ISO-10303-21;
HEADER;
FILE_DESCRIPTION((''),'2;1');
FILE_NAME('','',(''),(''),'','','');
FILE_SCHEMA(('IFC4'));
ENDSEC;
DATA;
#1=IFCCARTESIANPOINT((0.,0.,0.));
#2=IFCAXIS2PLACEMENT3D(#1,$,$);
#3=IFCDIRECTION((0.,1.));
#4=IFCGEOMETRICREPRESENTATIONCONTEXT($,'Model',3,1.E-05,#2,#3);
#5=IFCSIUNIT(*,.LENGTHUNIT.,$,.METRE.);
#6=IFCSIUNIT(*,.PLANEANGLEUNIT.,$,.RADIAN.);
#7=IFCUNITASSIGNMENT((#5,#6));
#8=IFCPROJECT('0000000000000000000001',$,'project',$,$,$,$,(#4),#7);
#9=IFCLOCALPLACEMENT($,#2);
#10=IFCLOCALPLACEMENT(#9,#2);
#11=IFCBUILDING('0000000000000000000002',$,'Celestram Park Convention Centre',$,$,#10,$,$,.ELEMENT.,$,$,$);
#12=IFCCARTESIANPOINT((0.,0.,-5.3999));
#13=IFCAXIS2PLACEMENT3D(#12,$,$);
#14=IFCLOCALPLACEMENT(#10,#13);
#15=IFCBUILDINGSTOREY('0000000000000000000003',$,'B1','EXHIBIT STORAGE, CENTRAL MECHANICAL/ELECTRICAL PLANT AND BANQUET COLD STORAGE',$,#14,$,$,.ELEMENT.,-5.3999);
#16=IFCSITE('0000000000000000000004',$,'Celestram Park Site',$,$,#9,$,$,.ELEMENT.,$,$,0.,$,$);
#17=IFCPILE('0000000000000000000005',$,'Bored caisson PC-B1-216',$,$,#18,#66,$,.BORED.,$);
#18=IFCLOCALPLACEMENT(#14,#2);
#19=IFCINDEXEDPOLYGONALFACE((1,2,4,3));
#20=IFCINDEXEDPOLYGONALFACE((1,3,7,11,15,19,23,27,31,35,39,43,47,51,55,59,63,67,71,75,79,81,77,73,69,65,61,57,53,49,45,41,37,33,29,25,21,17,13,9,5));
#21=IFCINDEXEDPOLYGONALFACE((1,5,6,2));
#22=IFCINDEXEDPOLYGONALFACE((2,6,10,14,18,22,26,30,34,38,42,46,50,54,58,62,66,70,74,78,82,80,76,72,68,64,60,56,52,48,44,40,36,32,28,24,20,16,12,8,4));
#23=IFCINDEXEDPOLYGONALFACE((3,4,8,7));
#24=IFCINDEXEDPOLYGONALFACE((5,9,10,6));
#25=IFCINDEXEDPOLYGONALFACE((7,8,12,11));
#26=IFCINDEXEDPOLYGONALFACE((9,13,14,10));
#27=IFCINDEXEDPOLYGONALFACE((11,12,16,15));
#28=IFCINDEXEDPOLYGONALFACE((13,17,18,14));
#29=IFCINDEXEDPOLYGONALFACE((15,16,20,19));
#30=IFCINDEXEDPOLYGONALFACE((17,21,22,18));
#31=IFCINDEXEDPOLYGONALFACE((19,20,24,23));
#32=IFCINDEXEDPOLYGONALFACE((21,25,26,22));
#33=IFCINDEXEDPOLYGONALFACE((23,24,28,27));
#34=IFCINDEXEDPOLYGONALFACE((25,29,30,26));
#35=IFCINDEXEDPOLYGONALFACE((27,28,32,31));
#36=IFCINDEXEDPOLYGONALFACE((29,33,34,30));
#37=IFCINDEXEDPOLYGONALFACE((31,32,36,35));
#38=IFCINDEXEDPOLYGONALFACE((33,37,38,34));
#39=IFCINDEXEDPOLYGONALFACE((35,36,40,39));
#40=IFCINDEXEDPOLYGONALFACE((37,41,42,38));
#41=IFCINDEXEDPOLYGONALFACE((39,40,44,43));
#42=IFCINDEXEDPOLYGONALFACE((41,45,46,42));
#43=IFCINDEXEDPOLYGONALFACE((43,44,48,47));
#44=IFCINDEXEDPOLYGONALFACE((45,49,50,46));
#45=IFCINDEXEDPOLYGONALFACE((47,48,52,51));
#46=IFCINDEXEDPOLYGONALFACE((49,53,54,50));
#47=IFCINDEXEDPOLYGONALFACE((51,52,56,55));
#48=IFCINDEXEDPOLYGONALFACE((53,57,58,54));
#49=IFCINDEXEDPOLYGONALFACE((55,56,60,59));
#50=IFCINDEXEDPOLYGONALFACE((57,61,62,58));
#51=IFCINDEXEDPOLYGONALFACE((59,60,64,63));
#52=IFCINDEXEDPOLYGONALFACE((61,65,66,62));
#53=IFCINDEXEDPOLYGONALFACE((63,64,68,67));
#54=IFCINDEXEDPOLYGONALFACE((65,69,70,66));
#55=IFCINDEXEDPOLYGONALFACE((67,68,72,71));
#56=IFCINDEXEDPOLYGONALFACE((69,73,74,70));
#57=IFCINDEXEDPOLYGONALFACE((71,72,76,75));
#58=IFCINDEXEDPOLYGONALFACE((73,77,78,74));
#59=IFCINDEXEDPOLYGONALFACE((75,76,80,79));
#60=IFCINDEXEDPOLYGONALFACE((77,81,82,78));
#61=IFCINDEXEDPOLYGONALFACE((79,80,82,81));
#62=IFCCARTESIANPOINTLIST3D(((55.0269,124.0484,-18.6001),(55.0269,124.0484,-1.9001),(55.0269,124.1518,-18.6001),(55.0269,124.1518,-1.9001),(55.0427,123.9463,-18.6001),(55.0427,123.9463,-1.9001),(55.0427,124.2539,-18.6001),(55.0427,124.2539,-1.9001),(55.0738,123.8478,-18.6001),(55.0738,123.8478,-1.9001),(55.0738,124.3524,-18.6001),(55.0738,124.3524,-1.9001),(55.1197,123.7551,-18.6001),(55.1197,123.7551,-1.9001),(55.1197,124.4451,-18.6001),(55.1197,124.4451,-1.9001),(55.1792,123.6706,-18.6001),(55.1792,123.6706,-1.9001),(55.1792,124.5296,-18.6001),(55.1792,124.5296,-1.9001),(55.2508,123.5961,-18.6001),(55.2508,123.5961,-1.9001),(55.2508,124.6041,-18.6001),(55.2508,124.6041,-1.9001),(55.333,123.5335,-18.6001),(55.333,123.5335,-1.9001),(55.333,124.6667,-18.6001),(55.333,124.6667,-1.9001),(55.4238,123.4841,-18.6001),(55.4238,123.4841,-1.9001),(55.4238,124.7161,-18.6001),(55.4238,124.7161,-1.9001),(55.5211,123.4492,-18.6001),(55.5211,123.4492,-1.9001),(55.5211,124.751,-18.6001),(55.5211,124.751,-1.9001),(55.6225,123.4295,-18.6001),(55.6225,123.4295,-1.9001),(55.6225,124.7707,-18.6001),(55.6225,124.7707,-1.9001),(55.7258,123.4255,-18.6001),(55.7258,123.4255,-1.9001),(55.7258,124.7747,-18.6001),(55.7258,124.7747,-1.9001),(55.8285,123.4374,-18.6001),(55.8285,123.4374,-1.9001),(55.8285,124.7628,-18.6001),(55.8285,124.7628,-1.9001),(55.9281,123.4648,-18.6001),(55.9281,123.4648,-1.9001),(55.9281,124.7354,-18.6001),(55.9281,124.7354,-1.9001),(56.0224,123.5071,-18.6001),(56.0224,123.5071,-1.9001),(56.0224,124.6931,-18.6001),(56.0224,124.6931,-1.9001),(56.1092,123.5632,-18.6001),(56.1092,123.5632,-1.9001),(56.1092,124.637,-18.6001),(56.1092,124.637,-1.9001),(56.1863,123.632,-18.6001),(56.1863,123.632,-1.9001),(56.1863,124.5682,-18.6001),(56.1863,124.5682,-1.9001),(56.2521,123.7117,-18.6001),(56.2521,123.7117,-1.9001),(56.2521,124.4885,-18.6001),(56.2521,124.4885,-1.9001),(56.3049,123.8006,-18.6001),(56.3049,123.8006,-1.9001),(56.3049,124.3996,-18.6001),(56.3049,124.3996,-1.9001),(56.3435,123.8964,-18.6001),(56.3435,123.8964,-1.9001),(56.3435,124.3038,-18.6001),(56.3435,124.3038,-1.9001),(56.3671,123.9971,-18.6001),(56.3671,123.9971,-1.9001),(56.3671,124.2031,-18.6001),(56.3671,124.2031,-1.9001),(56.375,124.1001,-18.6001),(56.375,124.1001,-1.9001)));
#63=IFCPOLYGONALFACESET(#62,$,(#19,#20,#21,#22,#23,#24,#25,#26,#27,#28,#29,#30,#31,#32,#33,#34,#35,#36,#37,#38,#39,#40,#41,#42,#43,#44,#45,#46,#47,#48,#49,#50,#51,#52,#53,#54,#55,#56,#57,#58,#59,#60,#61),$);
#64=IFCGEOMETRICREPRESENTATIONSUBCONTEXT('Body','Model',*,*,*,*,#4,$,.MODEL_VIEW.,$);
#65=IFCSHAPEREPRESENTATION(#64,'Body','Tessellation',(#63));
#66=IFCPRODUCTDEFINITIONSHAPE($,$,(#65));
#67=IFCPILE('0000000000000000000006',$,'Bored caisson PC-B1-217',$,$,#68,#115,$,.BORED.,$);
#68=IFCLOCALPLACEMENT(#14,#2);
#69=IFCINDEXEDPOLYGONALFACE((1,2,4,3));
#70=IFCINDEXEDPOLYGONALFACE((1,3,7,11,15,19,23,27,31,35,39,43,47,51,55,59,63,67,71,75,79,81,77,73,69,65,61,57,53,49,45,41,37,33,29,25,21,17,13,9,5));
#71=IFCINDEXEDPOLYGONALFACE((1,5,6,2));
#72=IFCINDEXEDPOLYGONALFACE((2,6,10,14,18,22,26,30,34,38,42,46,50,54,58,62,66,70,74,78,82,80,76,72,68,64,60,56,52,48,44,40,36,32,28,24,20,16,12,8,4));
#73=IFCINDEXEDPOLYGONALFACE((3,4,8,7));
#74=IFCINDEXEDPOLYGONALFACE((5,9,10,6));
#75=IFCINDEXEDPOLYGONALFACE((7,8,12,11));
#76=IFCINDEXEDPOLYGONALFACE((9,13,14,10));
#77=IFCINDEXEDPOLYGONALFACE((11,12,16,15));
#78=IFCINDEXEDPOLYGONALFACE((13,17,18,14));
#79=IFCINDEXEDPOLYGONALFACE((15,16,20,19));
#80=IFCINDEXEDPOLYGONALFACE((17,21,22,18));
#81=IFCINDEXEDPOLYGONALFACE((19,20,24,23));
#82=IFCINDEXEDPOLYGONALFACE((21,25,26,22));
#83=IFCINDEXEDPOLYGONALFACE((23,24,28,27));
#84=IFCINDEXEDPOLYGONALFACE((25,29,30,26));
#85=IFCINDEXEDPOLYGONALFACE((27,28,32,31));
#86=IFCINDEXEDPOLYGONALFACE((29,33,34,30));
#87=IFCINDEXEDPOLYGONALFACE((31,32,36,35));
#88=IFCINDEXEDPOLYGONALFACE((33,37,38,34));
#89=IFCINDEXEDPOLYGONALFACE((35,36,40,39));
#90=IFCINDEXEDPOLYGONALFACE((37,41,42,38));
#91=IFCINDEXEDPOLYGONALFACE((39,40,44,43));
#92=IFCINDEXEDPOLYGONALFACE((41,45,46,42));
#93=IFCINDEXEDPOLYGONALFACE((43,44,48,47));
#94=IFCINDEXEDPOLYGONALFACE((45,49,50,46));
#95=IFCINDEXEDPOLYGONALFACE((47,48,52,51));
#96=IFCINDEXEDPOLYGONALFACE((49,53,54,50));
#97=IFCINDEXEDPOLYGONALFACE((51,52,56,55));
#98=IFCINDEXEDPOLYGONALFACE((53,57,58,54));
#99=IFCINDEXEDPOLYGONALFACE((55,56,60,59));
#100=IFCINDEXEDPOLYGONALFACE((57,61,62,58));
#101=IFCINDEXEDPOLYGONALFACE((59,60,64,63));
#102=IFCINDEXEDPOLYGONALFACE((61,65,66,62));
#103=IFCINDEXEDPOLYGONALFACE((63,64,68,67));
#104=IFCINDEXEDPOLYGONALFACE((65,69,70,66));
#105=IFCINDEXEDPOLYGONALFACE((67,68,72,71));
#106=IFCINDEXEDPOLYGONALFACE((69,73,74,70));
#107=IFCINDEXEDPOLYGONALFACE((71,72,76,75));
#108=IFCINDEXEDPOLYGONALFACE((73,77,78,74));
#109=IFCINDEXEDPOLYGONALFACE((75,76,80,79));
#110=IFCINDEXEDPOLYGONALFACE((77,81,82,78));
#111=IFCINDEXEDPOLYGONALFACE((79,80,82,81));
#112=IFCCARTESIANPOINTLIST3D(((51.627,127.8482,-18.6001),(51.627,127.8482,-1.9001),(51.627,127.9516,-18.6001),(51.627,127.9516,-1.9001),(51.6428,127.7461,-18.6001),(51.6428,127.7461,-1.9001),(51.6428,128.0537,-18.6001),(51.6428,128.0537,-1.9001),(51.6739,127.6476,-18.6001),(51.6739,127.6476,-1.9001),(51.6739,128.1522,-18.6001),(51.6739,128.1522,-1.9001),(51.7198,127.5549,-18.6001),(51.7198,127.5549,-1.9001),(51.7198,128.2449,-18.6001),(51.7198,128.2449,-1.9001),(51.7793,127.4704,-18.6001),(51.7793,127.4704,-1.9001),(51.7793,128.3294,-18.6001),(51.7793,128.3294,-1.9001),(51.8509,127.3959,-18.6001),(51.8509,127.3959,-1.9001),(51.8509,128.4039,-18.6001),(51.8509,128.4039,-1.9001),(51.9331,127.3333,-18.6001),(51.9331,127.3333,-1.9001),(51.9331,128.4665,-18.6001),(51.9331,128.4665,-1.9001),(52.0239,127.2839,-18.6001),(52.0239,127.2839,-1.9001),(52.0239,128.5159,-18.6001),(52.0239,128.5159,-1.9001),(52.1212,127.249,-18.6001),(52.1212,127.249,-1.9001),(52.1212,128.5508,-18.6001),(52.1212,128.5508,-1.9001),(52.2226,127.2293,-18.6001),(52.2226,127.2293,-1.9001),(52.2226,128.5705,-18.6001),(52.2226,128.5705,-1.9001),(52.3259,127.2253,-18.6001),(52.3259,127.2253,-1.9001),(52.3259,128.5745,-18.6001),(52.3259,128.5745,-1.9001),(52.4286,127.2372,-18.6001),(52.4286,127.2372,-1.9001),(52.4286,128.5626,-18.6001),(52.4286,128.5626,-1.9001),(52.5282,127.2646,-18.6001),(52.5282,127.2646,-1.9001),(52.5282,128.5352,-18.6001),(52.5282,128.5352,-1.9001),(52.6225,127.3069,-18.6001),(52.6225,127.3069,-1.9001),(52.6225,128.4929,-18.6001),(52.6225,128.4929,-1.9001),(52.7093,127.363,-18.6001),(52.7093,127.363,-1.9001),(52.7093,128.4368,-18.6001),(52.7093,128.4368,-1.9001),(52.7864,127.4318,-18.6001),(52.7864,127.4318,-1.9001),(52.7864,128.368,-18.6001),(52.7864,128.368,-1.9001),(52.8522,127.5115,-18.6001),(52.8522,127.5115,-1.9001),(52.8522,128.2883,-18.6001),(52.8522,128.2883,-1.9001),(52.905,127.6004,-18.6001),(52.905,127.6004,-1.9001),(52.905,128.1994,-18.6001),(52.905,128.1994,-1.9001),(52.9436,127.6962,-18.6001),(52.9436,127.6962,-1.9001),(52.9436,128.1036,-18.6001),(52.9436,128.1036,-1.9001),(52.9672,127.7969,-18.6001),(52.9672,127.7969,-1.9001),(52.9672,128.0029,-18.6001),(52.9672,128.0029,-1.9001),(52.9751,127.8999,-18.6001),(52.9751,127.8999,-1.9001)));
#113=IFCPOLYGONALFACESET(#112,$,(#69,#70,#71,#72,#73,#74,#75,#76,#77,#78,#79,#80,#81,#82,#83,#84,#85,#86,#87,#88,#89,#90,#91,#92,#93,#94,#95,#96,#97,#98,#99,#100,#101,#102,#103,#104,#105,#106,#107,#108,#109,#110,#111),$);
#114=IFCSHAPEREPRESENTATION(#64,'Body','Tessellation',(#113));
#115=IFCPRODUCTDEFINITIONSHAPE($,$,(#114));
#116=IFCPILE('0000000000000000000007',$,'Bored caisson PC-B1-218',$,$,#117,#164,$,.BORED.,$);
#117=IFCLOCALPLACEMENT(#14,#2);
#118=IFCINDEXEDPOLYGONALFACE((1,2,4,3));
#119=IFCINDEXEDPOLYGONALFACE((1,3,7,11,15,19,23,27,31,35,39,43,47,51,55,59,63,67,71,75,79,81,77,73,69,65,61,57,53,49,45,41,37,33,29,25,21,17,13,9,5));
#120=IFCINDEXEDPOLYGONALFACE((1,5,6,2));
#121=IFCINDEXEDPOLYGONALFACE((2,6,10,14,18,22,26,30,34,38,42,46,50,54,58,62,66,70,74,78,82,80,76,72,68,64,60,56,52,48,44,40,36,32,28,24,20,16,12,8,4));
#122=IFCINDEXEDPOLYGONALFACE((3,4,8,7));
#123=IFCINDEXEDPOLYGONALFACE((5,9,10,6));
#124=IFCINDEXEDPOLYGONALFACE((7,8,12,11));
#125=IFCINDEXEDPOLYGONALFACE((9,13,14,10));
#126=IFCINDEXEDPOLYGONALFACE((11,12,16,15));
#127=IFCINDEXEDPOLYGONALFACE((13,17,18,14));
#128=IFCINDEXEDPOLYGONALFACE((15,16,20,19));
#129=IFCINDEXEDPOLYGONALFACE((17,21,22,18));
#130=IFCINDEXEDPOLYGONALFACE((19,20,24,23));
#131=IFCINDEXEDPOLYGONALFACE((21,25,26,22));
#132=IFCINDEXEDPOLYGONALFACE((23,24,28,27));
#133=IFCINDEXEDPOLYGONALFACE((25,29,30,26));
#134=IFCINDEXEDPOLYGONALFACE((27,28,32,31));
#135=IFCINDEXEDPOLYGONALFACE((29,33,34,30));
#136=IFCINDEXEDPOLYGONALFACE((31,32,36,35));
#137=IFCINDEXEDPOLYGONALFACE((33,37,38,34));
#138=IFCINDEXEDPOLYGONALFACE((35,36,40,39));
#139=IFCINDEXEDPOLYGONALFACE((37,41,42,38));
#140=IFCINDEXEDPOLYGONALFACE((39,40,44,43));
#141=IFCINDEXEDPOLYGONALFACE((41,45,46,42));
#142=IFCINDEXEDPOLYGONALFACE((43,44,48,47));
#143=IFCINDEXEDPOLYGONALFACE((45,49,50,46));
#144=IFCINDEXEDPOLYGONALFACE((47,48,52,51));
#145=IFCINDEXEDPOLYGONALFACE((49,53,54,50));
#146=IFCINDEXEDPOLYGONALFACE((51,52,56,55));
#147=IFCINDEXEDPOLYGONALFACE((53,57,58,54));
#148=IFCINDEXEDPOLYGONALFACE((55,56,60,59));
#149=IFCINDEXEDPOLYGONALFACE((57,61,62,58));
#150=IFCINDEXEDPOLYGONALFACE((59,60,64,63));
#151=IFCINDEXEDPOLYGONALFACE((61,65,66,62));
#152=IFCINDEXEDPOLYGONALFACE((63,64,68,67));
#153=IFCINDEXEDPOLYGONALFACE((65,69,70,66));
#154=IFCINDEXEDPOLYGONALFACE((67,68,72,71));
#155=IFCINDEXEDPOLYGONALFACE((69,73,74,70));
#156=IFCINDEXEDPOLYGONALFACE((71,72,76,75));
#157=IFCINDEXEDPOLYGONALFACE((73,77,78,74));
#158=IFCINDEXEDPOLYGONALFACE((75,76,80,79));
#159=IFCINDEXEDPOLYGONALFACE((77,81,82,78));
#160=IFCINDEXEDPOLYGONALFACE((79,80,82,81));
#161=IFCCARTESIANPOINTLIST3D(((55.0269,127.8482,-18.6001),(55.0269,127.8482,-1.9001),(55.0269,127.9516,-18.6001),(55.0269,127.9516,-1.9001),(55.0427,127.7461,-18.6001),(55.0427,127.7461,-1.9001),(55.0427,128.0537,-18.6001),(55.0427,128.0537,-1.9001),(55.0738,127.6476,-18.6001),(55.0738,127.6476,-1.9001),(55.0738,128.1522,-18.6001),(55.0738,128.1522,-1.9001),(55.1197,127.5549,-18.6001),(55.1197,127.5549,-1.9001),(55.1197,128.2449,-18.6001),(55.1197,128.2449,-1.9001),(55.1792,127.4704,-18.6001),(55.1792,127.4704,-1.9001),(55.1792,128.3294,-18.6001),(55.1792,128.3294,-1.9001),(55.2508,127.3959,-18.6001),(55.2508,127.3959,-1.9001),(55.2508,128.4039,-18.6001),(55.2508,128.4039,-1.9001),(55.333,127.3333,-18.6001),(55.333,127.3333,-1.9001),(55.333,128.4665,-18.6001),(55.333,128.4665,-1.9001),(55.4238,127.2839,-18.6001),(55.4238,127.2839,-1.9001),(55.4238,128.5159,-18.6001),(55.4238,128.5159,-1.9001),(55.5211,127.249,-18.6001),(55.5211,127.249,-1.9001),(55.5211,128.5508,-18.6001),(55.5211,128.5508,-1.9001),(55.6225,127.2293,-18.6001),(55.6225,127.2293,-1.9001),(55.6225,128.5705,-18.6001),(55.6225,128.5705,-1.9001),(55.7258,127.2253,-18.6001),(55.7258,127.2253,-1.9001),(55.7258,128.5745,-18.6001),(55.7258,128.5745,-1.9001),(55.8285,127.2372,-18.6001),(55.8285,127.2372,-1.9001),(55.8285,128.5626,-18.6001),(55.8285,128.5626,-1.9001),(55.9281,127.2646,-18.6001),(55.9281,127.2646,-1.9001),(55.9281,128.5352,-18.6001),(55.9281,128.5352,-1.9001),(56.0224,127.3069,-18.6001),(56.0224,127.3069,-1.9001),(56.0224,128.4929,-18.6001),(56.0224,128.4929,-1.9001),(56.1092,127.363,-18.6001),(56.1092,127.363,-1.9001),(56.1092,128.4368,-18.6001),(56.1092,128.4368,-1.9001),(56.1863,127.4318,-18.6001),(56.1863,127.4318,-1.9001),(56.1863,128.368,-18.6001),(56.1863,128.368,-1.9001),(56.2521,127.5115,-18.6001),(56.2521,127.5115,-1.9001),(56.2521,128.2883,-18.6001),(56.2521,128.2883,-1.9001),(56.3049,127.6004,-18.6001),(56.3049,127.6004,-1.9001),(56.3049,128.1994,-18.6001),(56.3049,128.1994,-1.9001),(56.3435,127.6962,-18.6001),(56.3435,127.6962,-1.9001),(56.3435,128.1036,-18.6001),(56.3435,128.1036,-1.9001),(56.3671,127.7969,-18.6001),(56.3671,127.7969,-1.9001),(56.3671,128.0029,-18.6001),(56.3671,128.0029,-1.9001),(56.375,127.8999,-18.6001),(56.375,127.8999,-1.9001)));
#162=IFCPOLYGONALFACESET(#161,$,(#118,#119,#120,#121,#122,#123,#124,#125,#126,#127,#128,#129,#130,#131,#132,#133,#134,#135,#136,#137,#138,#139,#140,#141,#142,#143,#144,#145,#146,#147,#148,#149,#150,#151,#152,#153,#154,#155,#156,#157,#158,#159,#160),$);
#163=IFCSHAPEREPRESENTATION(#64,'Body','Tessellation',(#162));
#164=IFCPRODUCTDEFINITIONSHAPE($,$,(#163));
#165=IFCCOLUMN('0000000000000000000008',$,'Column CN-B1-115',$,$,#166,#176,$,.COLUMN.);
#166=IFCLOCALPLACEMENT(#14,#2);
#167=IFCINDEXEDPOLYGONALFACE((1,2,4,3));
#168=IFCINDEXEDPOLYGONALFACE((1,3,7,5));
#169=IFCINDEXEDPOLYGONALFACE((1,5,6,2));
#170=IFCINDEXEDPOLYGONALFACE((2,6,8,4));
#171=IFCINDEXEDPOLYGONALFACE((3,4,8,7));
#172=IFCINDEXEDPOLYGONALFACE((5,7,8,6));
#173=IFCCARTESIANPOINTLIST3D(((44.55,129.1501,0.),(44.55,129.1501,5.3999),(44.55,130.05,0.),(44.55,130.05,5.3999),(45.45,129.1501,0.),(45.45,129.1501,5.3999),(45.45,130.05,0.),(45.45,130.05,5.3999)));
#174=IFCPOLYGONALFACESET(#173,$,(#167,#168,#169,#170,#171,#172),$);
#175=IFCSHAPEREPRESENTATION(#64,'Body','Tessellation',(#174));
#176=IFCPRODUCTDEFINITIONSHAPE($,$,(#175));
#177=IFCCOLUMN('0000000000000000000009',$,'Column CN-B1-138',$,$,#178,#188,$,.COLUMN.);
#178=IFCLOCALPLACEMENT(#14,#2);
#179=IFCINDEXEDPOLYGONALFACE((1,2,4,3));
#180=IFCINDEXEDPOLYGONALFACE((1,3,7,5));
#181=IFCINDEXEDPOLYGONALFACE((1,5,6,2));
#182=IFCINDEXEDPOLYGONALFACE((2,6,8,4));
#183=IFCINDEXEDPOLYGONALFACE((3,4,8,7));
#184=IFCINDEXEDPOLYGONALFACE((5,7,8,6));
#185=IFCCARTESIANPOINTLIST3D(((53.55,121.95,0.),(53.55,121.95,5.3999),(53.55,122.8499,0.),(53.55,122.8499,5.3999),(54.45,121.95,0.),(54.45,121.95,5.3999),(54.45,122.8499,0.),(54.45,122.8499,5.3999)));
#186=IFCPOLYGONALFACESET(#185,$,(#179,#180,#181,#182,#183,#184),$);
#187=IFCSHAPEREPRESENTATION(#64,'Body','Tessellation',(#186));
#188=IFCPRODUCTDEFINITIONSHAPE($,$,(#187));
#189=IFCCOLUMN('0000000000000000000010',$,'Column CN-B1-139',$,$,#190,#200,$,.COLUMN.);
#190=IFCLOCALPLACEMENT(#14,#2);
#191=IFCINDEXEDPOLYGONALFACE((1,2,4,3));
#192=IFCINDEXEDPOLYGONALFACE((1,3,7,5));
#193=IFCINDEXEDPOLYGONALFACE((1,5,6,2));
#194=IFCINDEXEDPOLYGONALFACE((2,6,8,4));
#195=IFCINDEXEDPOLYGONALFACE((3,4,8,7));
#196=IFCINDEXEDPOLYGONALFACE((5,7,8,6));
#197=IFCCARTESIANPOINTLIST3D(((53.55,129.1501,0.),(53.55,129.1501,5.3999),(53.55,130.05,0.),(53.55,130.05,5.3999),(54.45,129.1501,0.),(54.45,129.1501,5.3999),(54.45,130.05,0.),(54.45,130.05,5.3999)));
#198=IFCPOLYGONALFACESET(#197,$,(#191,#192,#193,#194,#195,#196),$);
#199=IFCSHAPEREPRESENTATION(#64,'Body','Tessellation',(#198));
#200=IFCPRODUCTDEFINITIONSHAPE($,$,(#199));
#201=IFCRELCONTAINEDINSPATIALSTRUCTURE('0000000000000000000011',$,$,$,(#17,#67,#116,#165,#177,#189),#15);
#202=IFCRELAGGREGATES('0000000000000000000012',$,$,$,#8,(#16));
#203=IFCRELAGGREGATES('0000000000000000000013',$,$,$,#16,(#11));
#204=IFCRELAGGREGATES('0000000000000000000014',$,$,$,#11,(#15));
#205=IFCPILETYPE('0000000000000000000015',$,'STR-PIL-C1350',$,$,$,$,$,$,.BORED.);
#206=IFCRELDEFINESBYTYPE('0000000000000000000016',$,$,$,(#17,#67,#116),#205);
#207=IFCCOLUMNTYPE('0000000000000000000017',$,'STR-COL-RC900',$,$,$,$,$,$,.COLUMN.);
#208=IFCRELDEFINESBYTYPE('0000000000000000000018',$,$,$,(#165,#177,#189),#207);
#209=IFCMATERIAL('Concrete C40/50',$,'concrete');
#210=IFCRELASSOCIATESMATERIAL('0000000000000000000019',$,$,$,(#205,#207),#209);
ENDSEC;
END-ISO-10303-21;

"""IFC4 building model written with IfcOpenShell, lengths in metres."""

from ifc_helpers import new_model, si_unit, direction, frame, origin, origin_2d, place, context, subcontext, project, spatial, rectangle, circle, extrude, material, material_profile, profile_set, type_object, element, save


model = new_model("IFC4")

# Units and contexts
model_context = context("Model", 3, precision=1e-05, world=origin(), true_north=direction((0.0, 1.0)))
body_context = subcontext(model_context, "Body", "Model", "MODEL_VIEW")
ifc_project = project(units=[si_unit("LENGTHUNIT", "METRE"), si_unit("PLANEANGLEUNIT", "RADIAN")], contexts=[model_context])

# Site, building, storey
site_placement = place(None, origin())
site = spatial("IfcSite", under=ifc_project, at=site_placement, Name="Celestram Park Site", CompositionType="ELEMENT", RefElevation=0.0)
building_placement = place(site_placement, origin())
building = spatial("IfcBuilding", under=site, at=building_placement, Name="Celestram Park Convention Centre", CompositionType="ELEMENT")
storey_placement = place(building_placement, frame((0.0, 0.0, -5.3999)))
storey = spatial("IfcBuildingStorey", under=building, at=storey_placement, Name="B1", Description="EXHIBIT STORAGE, CENTRAL MECHANICAL/ELECTRICAL PLANT AND BANQUET COLD STORAGE", CompositionType="ELEMENT", Elevation=-5.3999)

# Shared definitions
ifc_material_1 = material(Name="Concrete C40/50", Category="concrete")

# Piles
ifc_material_profile_1 = material_profile(ifc_material_1, circle(Radius=0.675, at=origin_2d()), Name="CAISSON1350")
ifc_profile_set_1 = profile_set([ifc_material_profile_1], Name="Concrete C40/50")
pile_type = type_object("IfcPileType", Name="STR-PIL-C1350", PredefinedType="BORED", material=ifc_profile_set_1)
for number, where, z_axis, x_axis, name in (
    (1, (55.7, 124.1001, -1.9001), (0.0, 0.0, -1.0), (1.0, 0.0, 0.0), "Bored caisson PC-B1-216"),
    (2, (52.3, 127.8999, -1.9001), (0.0, 0.0, -1.0), (1.0, 0.0, 0.0), "Bored caisson PC-B1-217"),
    (3, (55.7, 127.8999, -1.9001), (0.0, 0.0, -1.0), (1.0, 0.0, 0.0), "Bored caisson PC-B1-218"),
):
    element("IfcPile", number, at=place(storey_placement, frame(where, z_axis=z_axis, x_axis=x_axis)), inside=storey, type_object=pile_type, Name=name, PredefinedType="BORED", context=body_context, shape_type="SweptSolid", body=[
        extrude(circle(Radius=0.675, at=origin_2d()), origin(), (0.0, 0.0, 1.0), 16.7),
    ])

# Columns
ifc_material_profile_2 = material_profile(ifc_material_1, rectangle(XDim=0.8999, YDim=0.8999, at=origin_2d()), Name="RC900X900")
ifc_profile_set_2 = profile_set([ifc_material_profile_2], Name="Concrete C40/50")
column_type = type_object("IfcColumnType", Name="STR-COL-RC900", PredefinedType="COLUMN", material=ifc_profile_set_2)
for number, where, z_axis, x_axis, name in (
    (4, (45.0, 129.6001, 0.0), (0.0, 0.0, 1.0), (1.0, 0.0, 0.0), "Column CN-B1-115"),
    (5, (54.0, 122.3999, 0.0), (0.0, 0.0, 1.0), (1.0, 0.0, 0.0), "Column CN-B1-138"),
    (6, (54.0, 129.6001, 0.0), (0.0, 0.0, 1.0), (1.0, 0.0, 0.0), "Column CN-B1-139"),
):
    element("IfcColumn", number, at=place(storey_placement, frame(where, z_axis=z_axis, x_axis=x_axis)), inside=storey, type_object=column_type, Name=name, PredefinedType="COLUMN", context=body_context, shape_type="SweptSolid", body=[
        extrude(rectangle(XDim=0.8999, YDim=0.8999, at=origin_2d()), origin(), (0.0, 0.0, 1.0), 5.3999),
    ])

save(model, "model.ifc")
